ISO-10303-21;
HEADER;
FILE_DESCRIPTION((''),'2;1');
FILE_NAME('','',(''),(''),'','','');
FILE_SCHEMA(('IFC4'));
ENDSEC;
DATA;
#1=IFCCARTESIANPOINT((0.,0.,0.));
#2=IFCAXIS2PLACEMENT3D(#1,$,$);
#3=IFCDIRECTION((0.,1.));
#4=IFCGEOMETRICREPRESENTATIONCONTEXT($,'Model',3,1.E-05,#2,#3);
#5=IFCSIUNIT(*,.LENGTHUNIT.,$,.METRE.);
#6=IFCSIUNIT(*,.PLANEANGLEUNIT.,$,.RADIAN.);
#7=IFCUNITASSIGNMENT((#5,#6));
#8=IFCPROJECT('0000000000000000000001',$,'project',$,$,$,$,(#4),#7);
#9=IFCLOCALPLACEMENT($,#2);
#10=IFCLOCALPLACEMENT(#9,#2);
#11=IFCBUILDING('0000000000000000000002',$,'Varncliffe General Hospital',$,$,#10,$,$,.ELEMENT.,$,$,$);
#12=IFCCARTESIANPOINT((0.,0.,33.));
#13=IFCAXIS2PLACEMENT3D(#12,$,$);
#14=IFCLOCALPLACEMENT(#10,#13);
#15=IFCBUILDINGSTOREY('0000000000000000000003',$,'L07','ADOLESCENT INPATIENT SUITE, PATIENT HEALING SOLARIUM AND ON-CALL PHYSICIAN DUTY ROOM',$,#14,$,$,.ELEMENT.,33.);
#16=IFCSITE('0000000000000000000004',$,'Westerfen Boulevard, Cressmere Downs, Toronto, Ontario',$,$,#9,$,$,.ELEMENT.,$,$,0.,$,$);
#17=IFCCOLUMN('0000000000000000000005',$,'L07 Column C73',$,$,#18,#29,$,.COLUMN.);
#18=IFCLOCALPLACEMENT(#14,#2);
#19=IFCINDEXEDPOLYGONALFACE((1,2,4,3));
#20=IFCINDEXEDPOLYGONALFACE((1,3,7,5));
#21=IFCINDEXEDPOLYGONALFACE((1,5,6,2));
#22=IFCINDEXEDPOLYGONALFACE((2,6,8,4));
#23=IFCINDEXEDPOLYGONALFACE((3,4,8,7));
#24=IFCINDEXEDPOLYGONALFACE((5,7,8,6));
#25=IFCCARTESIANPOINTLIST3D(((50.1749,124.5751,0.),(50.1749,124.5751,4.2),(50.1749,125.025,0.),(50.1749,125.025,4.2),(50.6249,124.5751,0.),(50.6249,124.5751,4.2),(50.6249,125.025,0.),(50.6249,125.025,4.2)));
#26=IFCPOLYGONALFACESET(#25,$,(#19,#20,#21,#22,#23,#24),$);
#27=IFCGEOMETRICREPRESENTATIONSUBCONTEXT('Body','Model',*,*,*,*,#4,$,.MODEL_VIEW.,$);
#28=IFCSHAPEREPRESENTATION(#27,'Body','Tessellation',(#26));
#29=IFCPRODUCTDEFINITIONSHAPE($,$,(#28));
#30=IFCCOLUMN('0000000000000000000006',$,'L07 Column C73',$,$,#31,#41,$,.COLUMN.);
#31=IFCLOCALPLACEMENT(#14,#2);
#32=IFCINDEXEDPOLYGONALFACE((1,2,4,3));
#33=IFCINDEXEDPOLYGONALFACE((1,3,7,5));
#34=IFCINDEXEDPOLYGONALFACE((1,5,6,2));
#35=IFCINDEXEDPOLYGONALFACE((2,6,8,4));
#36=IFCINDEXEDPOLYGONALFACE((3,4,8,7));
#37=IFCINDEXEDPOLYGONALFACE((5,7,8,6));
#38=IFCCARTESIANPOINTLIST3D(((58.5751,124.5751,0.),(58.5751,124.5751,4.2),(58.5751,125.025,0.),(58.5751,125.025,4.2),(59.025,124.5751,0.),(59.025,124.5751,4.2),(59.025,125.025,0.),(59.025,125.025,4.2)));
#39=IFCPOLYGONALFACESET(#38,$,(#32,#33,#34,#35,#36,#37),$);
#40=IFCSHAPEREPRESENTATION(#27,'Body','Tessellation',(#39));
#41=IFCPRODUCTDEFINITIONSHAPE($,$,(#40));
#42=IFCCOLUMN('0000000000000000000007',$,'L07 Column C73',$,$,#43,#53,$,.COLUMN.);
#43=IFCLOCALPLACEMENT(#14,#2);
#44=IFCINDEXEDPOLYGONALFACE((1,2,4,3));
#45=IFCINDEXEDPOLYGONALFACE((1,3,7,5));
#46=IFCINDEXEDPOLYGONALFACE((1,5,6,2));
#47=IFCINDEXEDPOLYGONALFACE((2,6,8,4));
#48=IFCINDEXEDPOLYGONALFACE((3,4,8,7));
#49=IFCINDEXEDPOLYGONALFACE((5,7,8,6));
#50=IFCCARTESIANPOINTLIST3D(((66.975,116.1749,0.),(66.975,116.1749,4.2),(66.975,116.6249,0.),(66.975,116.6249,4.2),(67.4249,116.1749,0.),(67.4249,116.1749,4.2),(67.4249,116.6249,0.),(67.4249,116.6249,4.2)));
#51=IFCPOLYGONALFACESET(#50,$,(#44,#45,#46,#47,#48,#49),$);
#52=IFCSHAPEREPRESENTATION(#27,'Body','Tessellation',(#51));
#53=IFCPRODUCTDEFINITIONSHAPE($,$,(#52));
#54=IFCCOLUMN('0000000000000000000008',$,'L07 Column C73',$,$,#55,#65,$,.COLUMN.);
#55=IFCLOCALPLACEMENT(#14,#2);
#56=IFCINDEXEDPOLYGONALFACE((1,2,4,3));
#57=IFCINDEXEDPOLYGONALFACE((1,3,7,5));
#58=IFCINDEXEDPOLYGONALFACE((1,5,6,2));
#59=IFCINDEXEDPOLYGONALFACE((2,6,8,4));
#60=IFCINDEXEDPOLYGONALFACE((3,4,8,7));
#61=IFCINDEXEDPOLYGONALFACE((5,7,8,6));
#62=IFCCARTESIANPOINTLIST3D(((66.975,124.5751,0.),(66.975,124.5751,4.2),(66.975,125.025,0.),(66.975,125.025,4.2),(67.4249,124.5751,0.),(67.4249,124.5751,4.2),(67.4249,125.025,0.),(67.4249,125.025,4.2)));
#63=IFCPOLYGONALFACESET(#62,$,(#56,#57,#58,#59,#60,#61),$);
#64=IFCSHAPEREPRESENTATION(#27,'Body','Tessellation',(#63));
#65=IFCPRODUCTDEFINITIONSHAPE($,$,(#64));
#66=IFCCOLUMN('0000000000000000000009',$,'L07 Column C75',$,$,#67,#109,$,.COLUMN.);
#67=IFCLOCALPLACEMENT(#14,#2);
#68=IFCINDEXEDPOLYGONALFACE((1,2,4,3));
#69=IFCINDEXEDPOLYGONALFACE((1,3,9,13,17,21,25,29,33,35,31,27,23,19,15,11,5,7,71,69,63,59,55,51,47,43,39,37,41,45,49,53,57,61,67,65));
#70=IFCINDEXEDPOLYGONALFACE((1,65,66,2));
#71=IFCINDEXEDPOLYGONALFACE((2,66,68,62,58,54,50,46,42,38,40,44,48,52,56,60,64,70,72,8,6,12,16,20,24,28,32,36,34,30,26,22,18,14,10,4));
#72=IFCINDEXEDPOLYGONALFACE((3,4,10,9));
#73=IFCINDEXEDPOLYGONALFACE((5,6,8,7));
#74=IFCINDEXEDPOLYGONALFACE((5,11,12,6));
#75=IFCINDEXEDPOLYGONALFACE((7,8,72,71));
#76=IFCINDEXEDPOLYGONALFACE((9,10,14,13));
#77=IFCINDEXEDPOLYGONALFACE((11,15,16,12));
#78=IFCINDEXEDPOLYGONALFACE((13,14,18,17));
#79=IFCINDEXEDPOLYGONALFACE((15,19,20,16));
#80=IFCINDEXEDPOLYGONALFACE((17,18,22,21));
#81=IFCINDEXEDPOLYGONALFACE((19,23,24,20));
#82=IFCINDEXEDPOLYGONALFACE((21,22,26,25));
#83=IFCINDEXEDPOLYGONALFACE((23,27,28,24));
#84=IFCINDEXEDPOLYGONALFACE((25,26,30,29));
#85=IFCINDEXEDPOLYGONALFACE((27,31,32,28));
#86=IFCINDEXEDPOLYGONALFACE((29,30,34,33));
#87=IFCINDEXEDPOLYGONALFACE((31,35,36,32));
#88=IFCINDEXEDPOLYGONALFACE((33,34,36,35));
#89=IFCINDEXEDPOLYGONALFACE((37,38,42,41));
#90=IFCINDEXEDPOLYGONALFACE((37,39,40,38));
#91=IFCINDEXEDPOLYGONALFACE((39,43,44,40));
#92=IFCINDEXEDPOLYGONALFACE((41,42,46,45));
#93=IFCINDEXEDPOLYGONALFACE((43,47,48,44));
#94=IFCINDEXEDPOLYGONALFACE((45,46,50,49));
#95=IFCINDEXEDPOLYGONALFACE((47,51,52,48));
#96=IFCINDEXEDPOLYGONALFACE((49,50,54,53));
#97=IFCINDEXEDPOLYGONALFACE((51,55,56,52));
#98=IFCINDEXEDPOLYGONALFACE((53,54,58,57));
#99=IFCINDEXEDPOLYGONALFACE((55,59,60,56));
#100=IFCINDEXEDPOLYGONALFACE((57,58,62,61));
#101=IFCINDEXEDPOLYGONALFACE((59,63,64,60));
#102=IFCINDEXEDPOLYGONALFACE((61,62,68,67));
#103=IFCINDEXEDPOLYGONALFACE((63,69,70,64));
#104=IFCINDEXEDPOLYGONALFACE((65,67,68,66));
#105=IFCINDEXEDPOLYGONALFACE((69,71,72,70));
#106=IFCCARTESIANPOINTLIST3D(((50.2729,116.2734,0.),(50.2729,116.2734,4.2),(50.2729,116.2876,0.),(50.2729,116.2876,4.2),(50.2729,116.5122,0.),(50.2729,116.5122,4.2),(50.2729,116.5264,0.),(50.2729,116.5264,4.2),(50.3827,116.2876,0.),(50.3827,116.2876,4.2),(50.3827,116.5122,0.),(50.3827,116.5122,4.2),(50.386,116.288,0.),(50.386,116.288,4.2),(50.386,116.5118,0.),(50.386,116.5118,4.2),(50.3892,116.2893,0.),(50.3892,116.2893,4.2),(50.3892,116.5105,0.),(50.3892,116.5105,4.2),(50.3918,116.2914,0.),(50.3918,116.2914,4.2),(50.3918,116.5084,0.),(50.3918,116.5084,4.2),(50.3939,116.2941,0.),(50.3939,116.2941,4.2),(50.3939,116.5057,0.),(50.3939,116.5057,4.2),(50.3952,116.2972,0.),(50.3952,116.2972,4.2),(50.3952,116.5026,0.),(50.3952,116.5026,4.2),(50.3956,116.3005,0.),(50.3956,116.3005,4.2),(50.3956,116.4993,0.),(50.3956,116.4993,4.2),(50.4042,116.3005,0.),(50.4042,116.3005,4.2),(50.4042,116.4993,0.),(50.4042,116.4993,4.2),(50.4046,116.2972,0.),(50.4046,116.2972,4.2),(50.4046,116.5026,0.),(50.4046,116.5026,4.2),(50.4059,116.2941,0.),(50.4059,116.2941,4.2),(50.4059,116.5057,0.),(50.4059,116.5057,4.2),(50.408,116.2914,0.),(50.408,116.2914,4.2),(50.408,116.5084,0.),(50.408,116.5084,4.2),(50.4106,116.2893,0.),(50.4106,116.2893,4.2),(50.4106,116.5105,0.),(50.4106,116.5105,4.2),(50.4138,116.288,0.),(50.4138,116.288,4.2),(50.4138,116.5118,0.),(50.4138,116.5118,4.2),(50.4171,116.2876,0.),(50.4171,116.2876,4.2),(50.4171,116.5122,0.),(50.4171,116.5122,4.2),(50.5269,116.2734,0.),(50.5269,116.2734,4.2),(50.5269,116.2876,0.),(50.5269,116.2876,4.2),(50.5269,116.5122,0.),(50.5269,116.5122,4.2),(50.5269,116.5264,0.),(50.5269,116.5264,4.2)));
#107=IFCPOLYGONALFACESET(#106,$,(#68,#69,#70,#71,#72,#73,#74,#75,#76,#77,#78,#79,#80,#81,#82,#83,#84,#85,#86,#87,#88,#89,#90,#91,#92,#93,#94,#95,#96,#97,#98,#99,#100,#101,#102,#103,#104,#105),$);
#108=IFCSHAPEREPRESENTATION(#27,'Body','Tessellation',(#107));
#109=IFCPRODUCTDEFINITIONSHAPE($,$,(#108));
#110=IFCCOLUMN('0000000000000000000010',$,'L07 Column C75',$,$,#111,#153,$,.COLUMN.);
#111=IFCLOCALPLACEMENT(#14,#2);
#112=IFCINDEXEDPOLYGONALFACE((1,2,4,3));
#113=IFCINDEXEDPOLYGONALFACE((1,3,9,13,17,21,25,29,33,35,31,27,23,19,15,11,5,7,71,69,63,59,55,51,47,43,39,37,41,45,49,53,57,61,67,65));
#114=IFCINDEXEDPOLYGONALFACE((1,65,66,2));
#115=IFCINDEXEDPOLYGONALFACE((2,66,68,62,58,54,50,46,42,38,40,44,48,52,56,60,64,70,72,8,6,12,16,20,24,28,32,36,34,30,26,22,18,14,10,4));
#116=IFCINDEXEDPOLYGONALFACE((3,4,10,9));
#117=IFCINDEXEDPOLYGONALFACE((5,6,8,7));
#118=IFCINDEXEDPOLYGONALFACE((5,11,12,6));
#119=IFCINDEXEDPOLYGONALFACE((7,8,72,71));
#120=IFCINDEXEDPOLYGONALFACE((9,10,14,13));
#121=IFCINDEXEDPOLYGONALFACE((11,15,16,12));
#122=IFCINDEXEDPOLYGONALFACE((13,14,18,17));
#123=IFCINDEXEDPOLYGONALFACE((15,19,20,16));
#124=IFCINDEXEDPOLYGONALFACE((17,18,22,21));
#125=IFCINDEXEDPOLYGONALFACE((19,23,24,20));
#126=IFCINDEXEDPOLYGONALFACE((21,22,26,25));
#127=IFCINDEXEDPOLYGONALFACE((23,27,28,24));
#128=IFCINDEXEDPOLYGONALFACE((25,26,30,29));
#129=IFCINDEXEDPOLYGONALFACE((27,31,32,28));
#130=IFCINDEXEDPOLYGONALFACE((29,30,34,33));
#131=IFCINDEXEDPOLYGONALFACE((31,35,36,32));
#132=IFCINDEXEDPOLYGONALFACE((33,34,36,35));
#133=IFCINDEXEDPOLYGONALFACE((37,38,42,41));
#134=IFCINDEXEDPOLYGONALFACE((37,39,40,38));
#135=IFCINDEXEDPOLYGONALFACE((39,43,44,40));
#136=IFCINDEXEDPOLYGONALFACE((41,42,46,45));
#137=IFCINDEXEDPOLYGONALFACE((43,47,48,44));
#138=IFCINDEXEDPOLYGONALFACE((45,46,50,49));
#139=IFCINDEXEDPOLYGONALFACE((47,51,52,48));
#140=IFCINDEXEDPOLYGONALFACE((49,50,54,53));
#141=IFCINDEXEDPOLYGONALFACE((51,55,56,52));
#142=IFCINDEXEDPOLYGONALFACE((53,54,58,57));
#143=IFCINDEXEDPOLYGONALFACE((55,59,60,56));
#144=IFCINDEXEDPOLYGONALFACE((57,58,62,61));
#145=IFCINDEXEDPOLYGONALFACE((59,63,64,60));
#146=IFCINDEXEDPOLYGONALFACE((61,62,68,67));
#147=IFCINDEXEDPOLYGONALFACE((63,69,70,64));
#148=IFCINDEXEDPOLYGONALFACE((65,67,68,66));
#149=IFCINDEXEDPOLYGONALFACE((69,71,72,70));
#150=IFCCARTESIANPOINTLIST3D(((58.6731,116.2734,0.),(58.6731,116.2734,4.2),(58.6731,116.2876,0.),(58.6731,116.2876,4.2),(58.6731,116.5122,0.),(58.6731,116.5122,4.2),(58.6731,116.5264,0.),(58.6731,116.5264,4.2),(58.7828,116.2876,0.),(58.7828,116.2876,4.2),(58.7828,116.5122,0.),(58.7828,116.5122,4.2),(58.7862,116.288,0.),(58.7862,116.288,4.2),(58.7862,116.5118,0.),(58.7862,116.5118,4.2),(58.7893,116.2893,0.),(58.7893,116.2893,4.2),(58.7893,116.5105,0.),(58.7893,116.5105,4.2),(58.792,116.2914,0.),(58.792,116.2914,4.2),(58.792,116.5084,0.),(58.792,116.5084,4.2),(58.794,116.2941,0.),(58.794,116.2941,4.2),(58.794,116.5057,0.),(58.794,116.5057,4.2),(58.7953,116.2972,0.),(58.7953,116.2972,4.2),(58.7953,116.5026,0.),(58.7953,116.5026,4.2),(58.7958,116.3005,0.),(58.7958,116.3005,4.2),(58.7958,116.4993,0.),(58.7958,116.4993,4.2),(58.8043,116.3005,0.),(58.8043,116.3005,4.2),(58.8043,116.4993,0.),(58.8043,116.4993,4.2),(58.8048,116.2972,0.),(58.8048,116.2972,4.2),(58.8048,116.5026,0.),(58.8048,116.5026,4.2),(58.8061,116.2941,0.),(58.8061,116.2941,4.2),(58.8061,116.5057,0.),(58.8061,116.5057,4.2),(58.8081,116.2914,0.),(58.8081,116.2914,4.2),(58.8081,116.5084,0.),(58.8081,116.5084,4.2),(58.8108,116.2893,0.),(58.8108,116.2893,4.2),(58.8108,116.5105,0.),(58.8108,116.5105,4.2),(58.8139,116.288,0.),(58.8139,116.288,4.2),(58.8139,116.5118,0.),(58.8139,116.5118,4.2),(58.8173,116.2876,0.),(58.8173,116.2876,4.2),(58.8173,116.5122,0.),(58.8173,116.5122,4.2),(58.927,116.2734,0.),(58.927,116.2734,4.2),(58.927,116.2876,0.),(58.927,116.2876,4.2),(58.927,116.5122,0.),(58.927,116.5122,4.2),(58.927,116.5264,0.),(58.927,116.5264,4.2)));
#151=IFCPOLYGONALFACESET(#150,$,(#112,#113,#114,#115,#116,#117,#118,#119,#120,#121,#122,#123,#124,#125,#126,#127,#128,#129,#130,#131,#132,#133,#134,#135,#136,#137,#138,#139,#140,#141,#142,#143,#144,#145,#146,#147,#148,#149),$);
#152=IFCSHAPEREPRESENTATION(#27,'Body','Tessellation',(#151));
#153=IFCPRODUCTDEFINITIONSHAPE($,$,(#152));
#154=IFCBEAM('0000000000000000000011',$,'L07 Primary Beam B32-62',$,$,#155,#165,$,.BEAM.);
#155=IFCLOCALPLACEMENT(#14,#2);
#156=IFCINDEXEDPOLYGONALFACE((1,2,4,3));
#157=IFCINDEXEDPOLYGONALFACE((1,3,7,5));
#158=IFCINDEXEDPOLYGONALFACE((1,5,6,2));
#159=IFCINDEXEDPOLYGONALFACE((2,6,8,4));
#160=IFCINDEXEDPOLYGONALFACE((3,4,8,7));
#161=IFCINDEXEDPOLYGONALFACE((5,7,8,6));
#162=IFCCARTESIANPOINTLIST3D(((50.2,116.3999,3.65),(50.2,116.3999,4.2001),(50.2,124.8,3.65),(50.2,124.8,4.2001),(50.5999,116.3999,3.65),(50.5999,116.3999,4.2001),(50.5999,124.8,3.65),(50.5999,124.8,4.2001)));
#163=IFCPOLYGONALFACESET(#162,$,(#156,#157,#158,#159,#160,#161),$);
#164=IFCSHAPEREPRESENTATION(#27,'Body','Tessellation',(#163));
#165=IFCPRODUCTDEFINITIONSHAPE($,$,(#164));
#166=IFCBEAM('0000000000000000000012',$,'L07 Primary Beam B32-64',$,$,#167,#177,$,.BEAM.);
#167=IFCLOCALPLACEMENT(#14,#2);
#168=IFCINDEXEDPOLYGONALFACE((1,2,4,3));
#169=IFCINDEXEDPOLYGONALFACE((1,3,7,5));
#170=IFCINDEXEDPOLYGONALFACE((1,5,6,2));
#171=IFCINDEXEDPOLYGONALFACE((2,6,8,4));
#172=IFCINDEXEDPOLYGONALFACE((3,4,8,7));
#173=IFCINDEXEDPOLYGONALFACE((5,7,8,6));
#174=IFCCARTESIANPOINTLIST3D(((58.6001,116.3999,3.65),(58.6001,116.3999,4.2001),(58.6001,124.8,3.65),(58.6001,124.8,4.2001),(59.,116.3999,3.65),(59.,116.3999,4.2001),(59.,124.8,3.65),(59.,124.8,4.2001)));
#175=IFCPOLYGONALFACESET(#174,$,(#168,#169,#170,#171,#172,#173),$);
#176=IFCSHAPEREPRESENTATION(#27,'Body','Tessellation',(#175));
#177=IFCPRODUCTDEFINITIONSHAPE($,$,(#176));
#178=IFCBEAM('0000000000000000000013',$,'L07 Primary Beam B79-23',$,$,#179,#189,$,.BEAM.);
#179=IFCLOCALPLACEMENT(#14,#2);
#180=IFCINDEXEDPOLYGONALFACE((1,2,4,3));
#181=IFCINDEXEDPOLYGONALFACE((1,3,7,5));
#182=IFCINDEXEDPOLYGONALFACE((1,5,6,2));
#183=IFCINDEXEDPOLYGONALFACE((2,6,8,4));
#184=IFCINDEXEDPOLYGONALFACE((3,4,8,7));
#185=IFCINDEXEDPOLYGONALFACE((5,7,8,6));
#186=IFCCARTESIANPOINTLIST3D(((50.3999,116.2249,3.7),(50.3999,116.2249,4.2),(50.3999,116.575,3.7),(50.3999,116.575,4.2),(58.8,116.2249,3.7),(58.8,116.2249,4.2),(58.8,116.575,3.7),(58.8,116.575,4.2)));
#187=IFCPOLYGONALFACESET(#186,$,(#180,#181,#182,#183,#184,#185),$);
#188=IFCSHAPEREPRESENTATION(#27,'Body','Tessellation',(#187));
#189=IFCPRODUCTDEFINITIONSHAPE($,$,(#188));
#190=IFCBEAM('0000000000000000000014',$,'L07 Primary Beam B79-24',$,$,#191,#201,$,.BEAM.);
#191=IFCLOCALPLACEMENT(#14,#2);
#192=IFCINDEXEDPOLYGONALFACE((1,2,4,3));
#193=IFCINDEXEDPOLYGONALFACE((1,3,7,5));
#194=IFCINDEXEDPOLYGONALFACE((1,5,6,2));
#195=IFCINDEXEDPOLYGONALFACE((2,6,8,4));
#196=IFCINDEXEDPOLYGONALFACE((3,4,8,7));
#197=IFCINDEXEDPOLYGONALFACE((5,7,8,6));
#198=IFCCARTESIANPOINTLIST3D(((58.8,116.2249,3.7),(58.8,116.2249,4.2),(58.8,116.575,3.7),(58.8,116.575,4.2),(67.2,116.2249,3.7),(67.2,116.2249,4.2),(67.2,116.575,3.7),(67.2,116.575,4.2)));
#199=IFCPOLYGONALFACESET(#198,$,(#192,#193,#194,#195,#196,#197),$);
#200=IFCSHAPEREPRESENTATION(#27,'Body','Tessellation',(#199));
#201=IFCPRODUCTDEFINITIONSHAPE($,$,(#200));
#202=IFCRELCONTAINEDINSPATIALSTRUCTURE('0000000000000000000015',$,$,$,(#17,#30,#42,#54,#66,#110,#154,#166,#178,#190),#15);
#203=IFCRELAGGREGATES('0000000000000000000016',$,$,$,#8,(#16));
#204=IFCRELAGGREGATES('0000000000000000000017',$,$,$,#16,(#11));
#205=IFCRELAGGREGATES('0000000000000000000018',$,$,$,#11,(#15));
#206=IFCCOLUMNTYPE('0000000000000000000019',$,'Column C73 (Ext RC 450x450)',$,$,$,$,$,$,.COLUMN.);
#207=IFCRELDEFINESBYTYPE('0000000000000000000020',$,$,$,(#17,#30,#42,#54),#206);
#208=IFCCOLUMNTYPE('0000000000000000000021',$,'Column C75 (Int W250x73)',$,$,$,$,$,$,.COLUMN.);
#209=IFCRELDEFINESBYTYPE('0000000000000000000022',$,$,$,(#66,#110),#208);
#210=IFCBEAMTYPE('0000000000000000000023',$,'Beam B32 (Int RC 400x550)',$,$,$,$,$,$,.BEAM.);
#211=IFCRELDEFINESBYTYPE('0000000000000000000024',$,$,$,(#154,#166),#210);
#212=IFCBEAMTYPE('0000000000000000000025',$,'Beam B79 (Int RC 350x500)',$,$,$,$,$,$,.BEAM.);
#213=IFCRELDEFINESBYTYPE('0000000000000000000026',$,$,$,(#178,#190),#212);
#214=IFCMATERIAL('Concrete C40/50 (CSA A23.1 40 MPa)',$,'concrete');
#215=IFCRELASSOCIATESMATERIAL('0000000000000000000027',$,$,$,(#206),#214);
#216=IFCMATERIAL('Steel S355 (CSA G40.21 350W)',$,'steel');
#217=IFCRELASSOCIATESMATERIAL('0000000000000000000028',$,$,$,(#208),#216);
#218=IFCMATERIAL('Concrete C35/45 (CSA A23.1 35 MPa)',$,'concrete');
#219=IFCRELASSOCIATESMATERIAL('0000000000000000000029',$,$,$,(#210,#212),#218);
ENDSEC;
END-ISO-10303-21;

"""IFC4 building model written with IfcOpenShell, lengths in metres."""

from ifc_helpers import new_model, si_unit, direction, frame, origin, origin_2d, place, context, subcontext, project, spatial, rectangle, i_section, extrude, material, material_profile, profile_set, type_object, element, save


model = new_model("IFC4")

# Units and contexts
model_context = context("Model", 3, precision=1e-05, world=origin(), true_north=direction((0.0, 1.0)))
body_context = subcontext(model_context, "Body", "Model", "MODEL_VIEW")
ifc_project = project(units=[si_unit("LENGTHUNIT", "METRE"), si_unit("PLANEANGLEUNIT", "RADIAN")], contexts=[model_context])

# Site, building, storey
site_placement = place(None, origin())
site = spatial("IfcSite", under=ifc_project, at=site_placement, Name="Westerfen Boulevard, Cressmere Downs, Toronto, Ontario", CompositionType="ELEMENT", RefElevation=0.0)
building_placement = place(site_placement, origin())
building = spatial("IfcBuilding", under=site, at=building_placement, Name="Varncliffe General Hospital", CompositionType="ELEMENT")
storey_placement = place(building_placement, frame((0.0, 0.0, 33.0)))
storey = spatial("IfcBuildingStorey", under=building, at=storey_placement, Name="L07", Description="ADOLESCENT INPATIENT SUITE, PATIENT HEALING SOLARIUM AND ON-CALL PHYSICIAN DUTY ROOM", CompositionType="ELEMENT", Elevation=33.0)

# Columns
ifc_material_1 = material(Name="Concrete C40/50 (CSA A23.1 40 MPa)", Category="concrete")
ifc_material_profile_1 = material_profile(ifc_material_1, rectangle(XDim=0.45, YDim=0.45, at=origin_2d()), Name="RC 450x450")
ifc_profile_set_1 = profile_set([ifc_material_profile_1], Name="Concrete C40/50 (CSA A23.1 40 MPa)")
column_type_1 = type_object("IfcColumnType", Name="Column C73 (Ext RC 450x450)", PredefinedType="COLUMN", material=ifc_profile_set_1)
for number, where, z_axis, x_axis, name in (
    (1, (50.3999, 124.8, 0.0), (0.0, 0.0, 1.0), (1.0, 0.0, 0.0), "L07 Column C73"),
    (2, (58.8, 124.8, 0.0), (0.0, 0.0, 1.0), (1.0, 0.0, 0.0), "L07 Column C73"),
    (3, (67.2, 116.3999, 0.0), (0.0, 0.0, 1.0), (1.0, 0.0, 0.0), "L07 Column C73"),
    (4, (67.2, 124.8, 0.0), (0.0, 0.0, 1.0), (1.0, 0.0, 0.0), "L07 Column C73"),
):
    element("IfcColumn", number, at=place(storey_placement, frame(where, z_axis=z_axis, x_axis=x_axis)), inside=storey, type_object=column_type_1, Name=name, PredefinedType="COLUMN", context=body_context, shape_type="SweptSolid", body=[
        extrude(rectangle(XDim=0.45, YDim=0.45, at=origin_2d()), origin(), (0.0, 0.0, 1.0), 4.2),
    ])
ifc_material_2 = material(Name="Steel S355 (CSA G40.21 350W)", Category="steel")
ifc_material_profile_2 = material_profile(ifc_material_2, i_section(OverallWidth=0.2539, OverallDepth=0.2529, WebThickness=0.0085, FlangeThickness=0.0142, FilletRadius=0.0129, at=origin_2d()), Name="W250x73")
ifc_profile_set_2 = profile_set([ifc_material_profile_2], Name="Steel S355 (CSA G40.21 350W)")
column_type_2 = type_object("IfcColumnType", Name="Column C75 (Int W250x73)", PredefinedType="COLUMN", material=ifc_profile_set_2)
for number, where, z_axis, x_axis, name in (
    (5, (50.3999, 116.3999, 0.0), (0.0, 0.0, 1.0), (1.0, 0.0, 0.0), "L07 Column C75"),
    (6, (58.8, 116.3999, 0.0), (0.0, 0.0, 1.0), (1.0, 0.0, 0.0), "L07 Column C75"),
):
    element("IfcColumn", number, at=place(storey_placement, frame(where, z_axis=z_axis, x_axis=x_axis)), inside=storey, type_object=column_type_2, Name=name, PredefinedType="COLUMN", context=body_context, shape_type="SweptSolid", body=[
        extrude(i_section(OverallWidth=0.2539, OverallDepth=0.2529, WebThickness=0.0085, FlangeThickness=0.0142, FilletRadius=0.0129, at=origin_2d()), origin(), (0.0, 0.0, 1.0), 4.2),
    ])

# Beams
ifc_material_3 = material(Name="Concrete C35/45 (CSA A23.1 35 MPa)", Category="concrete")
ifc_material_profile_3 = material_profile(ifc_material_3, rectangle(XDim=0.3999, YDim=0.55, at=origin_2d()), Name="RC 400x550")
ifc_profile_set_3 = profile_set([ifc_material_profile_3], Name="Concrete C35/45 (CSA A23.1 35 MPa)")
beam_type_1 = type_object("IfcBeamType", Name="Beam B32 (Int RC 400x550)", PredefinedType="BEAM", material=ifc_profile_set_3)
for number, where, z_axis, x_axis, name in (
    (7, (50.3999, 116.3999, 3.925), (0.0, 1.0, 0.0), (-1.0, 0.0, 0.0), "L07 Primary Beam B32-62"),
    (8, (58.8, 116.3999, 3.925), (0.0, 1.0, 0.0), (-1.0, 0.0, 0.0), "L07 Primary Beam B32-64"),
):
    element("IfcBeam", number, at=place(storey_placement, frame(where, z_axis=z_axis, x_axis=x_axis)), inside=storey, type_object=beam_type_1, Name=name, PredefinedType="BEAM", context=body_context, shape_type="SweptSolid", body=[
        extrude(rectangle(XDim=0.3999, YDim=0.55, at=origin_2d()), origin(), (0.0, 0.0, 1.0), 8.4001),
    ])
ifc_material_profile_4 = material_profile(ifc_material_3, rectangle(XDim=0.3501, YDim=0.5, at=origin_2d()), Name="RC 350x500")
ifc_profile_set_4 = profile_set([ifc_material_profile_4], Name="Concrete C35/45 (CSA A23.1 35 MPa)")
beam_type_2 = type_object("IfcBeamType", Name="Beam B79 (Int RC 350x500)", PredefinedType="BEAM", material=ifc_profile_set_4)
beam_1_placement = place(storey_placement, frame((50.3999, 116.3999, 3.95), z_axis=(1.0, 0.0, 0.0), x_axis=(0.0, 1.0, 0.0)))
element("IfcBeam", 9, at=beam_1_placement, inside=storey, type_object=beam_type_2, Name="L07 Primary Beam B79-23", PredefinedType="BEAM", context=body_context, shape_type="SweptSolid", body=[
    extrude(rectangle(XDim=0.3501, YDim=0.5, at=origin_2d()), origin(), (0.0, 0.0, 1.0), 8.4001),
])
beam_2_placement = place(storey_placement, frame((58.8, 116.3999, 3.95), z_axis=(1.0, 0.0, 0.0), x_axis=(0.0, 1.0, 0.0)))
element("IfcBeam", 10, at=beam_2_placement, inside=storey, type_object=beam_type_2, Name="L07 Primary Beam B79-24", PredefinedType="BEAM", context=body_context, shape_type="SweptSolid", body=[
    extrude(rectangle(XDim=0.3501, YDim=0.5, at=origin_2d()), origin(), (0.0, 0.0, 1.0), 8.3999),
])

save(model, "model.ifc")
